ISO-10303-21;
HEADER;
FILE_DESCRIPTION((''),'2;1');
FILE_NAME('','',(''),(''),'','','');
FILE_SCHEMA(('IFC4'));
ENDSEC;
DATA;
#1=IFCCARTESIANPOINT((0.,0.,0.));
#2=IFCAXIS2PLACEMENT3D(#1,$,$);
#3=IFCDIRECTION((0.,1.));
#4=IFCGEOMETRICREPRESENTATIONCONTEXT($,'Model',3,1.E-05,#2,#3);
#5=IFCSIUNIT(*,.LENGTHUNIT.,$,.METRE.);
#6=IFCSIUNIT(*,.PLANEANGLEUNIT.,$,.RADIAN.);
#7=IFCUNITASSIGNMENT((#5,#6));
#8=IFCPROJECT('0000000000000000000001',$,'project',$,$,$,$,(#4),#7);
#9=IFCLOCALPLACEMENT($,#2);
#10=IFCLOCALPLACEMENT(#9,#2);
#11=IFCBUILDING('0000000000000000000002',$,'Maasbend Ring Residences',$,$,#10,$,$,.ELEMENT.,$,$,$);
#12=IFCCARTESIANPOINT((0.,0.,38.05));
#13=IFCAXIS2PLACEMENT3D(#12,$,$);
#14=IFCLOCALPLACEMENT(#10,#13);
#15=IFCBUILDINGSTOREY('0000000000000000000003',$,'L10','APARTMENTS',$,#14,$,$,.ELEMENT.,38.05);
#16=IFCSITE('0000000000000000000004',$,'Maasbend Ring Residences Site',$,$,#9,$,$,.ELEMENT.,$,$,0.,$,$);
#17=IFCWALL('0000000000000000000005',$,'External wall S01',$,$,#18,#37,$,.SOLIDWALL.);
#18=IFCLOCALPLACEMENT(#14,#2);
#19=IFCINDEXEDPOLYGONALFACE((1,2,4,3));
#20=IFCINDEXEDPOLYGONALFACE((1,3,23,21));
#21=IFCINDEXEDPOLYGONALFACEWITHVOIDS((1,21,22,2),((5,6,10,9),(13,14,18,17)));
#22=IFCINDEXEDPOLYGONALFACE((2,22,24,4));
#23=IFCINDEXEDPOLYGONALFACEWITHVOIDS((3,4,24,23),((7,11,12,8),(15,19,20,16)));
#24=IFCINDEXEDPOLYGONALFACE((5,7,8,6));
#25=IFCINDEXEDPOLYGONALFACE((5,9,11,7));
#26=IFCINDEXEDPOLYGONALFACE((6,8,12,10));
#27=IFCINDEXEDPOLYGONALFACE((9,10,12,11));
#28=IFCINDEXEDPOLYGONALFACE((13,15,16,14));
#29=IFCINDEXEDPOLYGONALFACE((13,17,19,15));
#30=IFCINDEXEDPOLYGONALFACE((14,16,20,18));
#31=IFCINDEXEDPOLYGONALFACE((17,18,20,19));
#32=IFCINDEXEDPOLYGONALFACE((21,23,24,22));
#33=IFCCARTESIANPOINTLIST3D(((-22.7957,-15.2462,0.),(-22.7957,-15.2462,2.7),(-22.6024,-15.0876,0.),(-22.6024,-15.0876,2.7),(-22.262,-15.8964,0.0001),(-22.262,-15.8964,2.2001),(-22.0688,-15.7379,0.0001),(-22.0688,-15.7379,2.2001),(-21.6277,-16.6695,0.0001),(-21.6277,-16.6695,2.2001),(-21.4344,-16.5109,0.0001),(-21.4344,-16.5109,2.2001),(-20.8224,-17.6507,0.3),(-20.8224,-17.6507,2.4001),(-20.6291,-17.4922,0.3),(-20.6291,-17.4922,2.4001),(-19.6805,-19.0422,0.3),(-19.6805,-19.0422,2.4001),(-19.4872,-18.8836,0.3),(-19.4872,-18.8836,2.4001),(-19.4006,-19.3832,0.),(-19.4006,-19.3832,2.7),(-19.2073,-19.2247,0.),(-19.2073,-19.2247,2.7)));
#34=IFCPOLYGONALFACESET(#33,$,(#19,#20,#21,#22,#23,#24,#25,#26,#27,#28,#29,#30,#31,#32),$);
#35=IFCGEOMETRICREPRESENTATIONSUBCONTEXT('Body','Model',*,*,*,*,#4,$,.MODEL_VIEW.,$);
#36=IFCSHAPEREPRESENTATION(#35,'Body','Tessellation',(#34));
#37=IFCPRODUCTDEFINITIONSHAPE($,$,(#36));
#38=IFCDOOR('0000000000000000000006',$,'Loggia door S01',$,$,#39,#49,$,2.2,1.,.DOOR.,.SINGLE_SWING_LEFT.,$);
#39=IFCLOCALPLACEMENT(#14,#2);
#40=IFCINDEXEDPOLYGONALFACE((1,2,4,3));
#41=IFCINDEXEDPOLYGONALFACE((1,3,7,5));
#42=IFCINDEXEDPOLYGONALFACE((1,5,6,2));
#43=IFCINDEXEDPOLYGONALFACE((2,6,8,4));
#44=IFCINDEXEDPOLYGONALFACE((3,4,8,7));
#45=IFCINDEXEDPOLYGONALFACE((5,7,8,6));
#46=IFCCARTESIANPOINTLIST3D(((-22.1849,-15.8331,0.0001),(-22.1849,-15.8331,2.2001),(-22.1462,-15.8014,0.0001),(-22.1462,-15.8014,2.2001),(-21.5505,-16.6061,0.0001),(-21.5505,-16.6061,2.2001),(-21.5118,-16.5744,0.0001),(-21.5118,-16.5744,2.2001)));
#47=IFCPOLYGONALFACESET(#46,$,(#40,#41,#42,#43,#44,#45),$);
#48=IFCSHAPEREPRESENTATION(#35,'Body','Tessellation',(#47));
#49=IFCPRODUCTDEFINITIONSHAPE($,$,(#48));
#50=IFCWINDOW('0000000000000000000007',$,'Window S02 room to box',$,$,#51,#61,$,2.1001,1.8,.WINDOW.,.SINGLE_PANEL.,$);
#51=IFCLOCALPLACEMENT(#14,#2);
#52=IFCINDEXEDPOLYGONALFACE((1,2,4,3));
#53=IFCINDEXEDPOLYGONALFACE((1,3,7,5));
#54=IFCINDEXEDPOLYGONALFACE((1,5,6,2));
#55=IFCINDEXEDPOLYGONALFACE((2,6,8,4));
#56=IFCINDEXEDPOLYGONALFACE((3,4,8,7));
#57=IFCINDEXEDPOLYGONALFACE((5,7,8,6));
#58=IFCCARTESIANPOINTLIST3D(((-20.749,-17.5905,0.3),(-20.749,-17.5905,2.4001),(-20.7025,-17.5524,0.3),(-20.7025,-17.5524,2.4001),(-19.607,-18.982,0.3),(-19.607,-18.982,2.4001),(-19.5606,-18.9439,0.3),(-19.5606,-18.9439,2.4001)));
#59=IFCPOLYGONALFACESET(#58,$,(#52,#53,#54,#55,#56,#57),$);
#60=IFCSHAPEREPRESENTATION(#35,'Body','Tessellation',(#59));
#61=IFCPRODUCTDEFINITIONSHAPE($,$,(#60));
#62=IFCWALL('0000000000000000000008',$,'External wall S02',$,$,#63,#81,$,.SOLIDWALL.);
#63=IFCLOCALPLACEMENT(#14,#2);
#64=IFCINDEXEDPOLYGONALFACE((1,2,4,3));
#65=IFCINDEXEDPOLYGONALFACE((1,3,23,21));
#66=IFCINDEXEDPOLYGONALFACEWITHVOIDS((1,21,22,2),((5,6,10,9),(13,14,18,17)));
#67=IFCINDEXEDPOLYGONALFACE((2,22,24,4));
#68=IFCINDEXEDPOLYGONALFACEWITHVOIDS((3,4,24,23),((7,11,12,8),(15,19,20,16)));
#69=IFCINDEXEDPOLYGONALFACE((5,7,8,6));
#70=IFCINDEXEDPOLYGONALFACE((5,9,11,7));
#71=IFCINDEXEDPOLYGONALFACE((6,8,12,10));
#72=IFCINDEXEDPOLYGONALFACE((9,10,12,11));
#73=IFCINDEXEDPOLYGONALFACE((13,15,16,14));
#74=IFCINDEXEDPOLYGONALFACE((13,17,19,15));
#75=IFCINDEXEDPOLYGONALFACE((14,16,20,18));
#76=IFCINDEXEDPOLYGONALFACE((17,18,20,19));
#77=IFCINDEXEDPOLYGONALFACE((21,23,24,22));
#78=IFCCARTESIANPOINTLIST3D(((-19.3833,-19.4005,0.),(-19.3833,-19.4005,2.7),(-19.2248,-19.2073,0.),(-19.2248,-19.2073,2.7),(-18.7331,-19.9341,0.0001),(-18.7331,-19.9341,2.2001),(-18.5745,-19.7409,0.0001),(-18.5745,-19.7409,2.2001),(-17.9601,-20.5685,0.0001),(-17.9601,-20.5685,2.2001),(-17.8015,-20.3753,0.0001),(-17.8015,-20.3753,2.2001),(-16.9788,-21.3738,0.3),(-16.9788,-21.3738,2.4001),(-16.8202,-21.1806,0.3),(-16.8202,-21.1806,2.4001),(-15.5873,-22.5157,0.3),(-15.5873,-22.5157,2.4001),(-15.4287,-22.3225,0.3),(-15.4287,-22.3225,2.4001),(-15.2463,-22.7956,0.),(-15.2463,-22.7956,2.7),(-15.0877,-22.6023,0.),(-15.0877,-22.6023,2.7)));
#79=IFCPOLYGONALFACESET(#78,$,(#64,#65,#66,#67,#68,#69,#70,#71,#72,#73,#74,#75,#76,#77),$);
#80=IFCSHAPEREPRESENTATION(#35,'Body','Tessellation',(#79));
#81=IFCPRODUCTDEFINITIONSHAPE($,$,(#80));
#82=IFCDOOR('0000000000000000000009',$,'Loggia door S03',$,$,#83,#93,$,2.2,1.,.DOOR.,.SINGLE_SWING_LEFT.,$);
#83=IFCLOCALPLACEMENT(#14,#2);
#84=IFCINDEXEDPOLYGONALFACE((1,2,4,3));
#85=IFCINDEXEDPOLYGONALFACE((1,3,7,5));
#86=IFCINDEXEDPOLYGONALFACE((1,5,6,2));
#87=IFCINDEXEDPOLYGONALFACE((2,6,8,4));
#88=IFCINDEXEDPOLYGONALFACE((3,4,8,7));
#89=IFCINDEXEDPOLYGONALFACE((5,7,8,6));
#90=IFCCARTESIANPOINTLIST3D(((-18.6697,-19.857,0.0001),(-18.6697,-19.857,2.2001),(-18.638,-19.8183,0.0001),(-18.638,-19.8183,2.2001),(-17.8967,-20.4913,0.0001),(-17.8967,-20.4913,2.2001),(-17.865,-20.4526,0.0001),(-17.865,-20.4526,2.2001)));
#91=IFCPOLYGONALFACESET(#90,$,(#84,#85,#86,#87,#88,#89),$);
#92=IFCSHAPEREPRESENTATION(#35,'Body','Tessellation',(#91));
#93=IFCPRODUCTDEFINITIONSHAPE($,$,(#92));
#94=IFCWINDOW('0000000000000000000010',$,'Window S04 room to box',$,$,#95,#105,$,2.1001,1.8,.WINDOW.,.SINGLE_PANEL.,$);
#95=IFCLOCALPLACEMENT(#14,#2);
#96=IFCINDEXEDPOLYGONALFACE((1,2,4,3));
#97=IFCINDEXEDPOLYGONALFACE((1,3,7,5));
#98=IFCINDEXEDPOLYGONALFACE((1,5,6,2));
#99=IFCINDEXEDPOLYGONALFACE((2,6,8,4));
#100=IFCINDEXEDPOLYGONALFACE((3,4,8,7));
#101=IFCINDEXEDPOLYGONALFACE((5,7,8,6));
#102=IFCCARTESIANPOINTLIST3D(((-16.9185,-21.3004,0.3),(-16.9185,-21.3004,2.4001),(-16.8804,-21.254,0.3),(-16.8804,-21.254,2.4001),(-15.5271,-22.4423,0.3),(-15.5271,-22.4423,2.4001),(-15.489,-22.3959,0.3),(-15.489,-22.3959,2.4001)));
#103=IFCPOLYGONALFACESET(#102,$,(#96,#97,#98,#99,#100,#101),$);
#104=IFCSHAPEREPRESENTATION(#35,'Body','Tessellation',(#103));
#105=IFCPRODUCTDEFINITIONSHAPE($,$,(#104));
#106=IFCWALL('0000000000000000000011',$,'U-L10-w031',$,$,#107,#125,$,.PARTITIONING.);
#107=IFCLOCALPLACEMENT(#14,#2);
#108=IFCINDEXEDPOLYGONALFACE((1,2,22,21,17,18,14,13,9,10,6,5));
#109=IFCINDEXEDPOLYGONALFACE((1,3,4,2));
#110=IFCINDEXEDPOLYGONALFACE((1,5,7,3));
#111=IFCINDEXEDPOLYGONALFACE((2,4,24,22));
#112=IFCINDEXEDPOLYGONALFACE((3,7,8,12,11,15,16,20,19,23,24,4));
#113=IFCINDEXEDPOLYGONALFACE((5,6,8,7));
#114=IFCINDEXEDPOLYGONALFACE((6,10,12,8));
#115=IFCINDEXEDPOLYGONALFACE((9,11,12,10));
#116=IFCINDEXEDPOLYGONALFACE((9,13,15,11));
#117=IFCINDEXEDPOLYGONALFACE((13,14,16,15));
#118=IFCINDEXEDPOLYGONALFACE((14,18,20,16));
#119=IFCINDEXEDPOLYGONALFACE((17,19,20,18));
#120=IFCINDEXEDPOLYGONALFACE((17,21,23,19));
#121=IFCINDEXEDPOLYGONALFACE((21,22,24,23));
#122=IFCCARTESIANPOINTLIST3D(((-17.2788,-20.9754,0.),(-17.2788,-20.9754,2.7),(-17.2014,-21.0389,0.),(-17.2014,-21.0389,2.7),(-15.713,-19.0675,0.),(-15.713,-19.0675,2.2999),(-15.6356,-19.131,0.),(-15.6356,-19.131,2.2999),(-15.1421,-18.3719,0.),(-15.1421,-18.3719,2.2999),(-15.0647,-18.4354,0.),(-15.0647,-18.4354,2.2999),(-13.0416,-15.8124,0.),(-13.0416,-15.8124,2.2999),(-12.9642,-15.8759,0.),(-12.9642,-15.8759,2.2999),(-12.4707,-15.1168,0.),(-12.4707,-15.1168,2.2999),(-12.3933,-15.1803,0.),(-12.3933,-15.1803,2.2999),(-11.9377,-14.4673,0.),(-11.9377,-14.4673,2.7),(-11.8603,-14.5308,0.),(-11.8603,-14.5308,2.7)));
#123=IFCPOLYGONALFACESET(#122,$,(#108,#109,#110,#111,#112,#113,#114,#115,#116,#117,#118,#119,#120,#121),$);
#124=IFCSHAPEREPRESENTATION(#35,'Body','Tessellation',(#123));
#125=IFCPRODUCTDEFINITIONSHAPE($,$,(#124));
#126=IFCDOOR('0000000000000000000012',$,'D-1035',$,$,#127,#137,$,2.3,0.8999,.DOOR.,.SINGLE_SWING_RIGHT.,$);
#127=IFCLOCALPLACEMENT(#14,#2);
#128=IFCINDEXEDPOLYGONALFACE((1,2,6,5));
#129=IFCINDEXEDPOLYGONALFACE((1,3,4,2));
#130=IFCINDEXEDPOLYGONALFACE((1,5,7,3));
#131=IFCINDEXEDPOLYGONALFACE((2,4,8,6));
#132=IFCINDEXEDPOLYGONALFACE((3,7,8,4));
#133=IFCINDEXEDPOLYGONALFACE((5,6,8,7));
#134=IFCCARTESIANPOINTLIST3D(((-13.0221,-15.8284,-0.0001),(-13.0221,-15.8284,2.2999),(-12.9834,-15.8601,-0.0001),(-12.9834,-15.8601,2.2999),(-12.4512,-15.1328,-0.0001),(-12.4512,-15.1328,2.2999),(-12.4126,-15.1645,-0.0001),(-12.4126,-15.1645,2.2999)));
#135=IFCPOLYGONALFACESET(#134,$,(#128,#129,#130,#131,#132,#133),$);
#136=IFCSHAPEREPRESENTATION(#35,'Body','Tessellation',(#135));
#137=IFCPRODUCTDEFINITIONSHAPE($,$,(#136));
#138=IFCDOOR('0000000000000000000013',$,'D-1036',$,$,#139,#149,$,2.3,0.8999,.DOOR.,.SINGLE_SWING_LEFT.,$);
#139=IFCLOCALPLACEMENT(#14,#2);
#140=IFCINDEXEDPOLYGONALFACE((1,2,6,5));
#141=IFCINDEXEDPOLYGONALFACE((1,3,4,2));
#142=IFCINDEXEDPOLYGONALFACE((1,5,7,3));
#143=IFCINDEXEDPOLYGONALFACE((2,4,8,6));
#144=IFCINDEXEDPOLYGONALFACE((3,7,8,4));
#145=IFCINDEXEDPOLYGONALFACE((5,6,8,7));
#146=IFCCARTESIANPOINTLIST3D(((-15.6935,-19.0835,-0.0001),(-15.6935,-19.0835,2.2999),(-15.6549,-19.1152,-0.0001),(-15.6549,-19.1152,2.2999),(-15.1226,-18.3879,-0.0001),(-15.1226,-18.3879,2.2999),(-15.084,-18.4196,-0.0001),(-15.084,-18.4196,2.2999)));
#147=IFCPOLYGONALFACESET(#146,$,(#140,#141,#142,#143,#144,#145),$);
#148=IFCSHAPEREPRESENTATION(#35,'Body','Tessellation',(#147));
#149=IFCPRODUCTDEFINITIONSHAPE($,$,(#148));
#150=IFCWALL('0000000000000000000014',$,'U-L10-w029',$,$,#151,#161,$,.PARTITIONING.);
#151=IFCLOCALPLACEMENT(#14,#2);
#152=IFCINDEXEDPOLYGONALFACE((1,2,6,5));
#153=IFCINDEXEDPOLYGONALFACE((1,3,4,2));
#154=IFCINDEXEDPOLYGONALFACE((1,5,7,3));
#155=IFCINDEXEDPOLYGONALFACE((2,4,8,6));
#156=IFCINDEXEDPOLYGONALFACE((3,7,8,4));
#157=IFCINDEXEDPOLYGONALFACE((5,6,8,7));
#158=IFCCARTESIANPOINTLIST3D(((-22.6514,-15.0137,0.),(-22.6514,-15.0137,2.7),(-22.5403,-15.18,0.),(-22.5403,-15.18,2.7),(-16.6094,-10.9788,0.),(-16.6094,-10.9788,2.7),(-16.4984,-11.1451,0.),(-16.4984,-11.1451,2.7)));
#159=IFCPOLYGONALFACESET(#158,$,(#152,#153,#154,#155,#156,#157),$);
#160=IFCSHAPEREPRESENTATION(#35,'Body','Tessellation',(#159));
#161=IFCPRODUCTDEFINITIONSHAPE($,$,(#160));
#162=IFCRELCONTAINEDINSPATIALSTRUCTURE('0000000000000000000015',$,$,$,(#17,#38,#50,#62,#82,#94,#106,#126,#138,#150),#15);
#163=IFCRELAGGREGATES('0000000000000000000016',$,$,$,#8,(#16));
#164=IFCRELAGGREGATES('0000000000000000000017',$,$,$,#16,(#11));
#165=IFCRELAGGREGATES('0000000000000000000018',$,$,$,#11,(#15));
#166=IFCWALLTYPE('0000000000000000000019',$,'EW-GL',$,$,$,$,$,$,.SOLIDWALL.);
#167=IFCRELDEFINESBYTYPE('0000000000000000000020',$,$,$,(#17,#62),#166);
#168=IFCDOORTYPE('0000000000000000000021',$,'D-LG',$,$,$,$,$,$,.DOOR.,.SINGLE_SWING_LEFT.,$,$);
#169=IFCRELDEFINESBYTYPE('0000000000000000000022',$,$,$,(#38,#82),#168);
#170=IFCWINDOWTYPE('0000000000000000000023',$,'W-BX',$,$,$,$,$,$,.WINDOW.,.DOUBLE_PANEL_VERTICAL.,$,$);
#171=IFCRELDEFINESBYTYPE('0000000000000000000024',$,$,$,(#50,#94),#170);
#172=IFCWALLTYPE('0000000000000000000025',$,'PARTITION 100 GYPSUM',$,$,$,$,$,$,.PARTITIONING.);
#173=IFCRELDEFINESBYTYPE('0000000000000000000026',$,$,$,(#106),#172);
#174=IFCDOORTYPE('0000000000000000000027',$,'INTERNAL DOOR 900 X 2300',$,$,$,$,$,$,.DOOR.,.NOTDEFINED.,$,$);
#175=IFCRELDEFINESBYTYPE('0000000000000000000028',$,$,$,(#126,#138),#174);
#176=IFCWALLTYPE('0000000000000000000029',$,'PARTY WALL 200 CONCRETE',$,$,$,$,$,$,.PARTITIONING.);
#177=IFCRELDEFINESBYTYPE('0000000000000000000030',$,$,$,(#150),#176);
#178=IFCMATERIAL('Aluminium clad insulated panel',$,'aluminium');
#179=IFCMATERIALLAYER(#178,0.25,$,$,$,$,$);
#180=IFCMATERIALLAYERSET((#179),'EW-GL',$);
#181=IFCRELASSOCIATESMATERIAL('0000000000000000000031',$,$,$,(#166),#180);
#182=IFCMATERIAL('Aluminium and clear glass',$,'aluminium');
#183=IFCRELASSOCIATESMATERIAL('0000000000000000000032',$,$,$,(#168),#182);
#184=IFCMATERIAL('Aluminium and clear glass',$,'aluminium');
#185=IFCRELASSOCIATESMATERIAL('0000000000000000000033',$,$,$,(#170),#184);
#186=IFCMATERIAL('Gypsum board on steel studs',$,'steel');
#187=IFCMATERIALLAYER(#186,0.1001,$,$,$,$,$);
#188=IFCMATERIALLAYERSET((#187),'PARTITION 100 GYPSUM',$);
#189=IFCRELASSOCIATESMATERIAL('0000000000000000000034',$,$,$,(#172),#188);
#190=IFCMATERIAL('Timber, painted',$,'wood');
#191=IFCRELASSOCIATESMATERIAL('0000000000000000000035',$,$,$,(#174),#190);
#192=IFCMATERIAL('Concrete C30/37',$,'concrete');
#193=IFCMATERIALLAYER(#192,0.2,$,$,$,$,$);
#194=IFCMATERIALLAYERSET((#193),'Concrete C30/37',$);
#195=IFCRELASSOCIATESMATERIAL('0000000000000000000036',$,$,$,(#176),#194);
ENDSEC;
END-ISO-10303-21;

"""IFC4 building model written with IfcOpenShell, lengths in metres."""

from ifc_helpers import new_model, si_unit, direction, frame, frame_2d, origin, place, context, subcontext, project, spatial, rectangle, extrude, material, layer, layer_set, type_object, element, fill, save


model = new_model("IFC4")

# Units and contexts
model_context = context("Model", 3, precision=1e-05, world=origin(), true_north=direction((0.0, 1.0)))
body_context = subcontext(model_context, "Body", "Model", "MODEL_VIEW")
ifc_project = project(units=[si_unit("LENGTHUNIT", "METRE"), si_unit("PLANEANGLEUNIT", "RADIAN")], contexts=[model_context])

# Site, building, storey
site_placement = place(None, origin())
site = spatial("IfcSite", under=ifc_project, at=site_placement, Name="Maasbend Ring Residences Site", CompositionType="ELEMENT", RefElevation=0.0)
building_placement = place(site_placement, origin())
building = spatial("IfcBuilding", under=site, at=building_placement, Name="Maasbend Ring Residences", CompositionType="ELEMENT")
storey_placement = place(building_placement, frame((0.0, 0.0, 38.05)))
storey = spatial("IfcBuildingStorey", under=building, at=storey_placement, Name="L10", Description="APARTMENTS", CompositionType="ELEMENT", Elevation=38.05)

# Walls, openings, doors, windows
ifc_material_1 = material(Name="Aluminium clad insulated panel", Category="aluminium")
ifc_layer_1 = layer(ifc_material_1, 0.25)
ifc_layer_set_1 = layer_set([ifc_layer_1], Name="EW-GL")
wall_type_1 = type_object("IfcWallType", Name="EW-GL", PredefinedType="SOLIDWALL", material=ifc_layer_set_1)
wall_1_placement = place(storey_placement, frame((-22.699, -15.167, 0.0), z_axis=(0.0, 0.0, 1.0), x_axis=(0.634382, -0.773019, 0.0)))
wall_1 = element("IfcWall", 1, at=wall_1_placement, inside=storey, type_object=wall_type_1, Name="External wall S01", PredefinedType="SOLIDWALL", context=body_context, shape_type="SweptSolid", body=[
    extrude(rectangle(XDim=5.3518, YDim=0.25, at=frame_2d((2.6758, 0.0))), origin(), (0.0, 0.0, 1.0), 2.7),
])
opening_1_placement = place(wall_1_placement, frame((0.8411, 0.0, 0.0)))
opening_1 = element("IfcOpeningElement", 2, at=opening_1_placement, cuts=wall_1, PredefinedType="OPENING", context=body_context, shape_type="SweptSolid", body=[
    extrude(rectangle(XDim=1.0, YDim=2.2, at=frame_2d((0.5, 1.1001))), frame((0.0, 0.135, 0.0), z_axis=(0.0, -1.0, 0.0), x_axis=(1.0, 0.0, 0.0)), (0.0, 0.0, 1.0), 0.27),
])
opening_2_placement = place(wall_1_placement, frame((3.1106, 0.0, 0.3)))
opening_2 = element("IfcOpeningElement", 3, at=opening_2_placement, cuts=wall_1, PredefinedType="OPENING", context=body_context, shape_type="SweptSolid", body=[
    extrude(rectangle(XDim=1.8, YDim=2.1001, at=frame_2d((0.8999, 1.05))), frame((0.0, 0.135, 0.0), z_axis=(0.0, -1.0, 0.0), x_axis=(1.0, 0.0, 0.0)), (0.0, 0.0, 1.0), 0.27),
])
ifc_material_2 = material(Name="Aluminium and clear glass", Category="aluminium")
door_type_1 = type_object("IfcDoorType", Name="D-LG", OperationType="SINGLE_SWING_LEFT", PredefinedType="DOOR", material=ifc_material_2)
door_1_placement = place(opening_1_placement, origin())
door_1 = element("IfcDoor", 4, at=door_1_placement, inside=storey, type_object=door_type_1, Name="Loggia door S01", OperationType="SINGLE_SWING_LEFT", OverallHeight=2.2, OverallWidth=1.0, PredefinedType="DOOR", context=body_context, shape_type="SweptSolid", body=[
    extrude(rectangle(XDim=1.0, YDim=2.2, at=frame_2d((0.5, 1.1001))), frame((0.0, 0.0249, 0.0), z_axis=(0.0, -1.0, 0.0), x_axis=(1.0, 0.0, 0.0)), (0.0, 0.0, 1.0), 0.05),
])
fill(opening_1, door_1)
ifc_material_3 = material(Name="Aluminium and clear glass", Category="aluminium")
window_type_1 = type_object("IfcWindowType", Name="W-BX", PartitioningType="DOUBLE_PANEL_VERTICAL", PredefinedType="WINDOW", material=ifc_material_3)
window_1_placement = place(opening_2_placement, origin())
window_1 = element("IfcWindow", 5, at=window_1_placement, inside=storey, type_object=window_type_1, Name="Window S02 room to box", OverallHeight=2.1001, OverallWidth=1.8, PartitioningType="SINGLE_PANEL", PredefinedType="WINDOW", context=body_context, shape_type="SweptSolid", body=[
    extrude(rectangle(XDim=1.8, YDim=2.1001, at=frame_2d((0.8999, 1.05))), frame((0.0, 0.03, 0.0), z_axis=(0.0, -1.0, 0.0), x_axis=(1.0, 0.0, 0.0)), (0.0, 0.0, 1.0), 0.0601),
])
fill(opening_2, window_1)
wall_2_placement = place(storey_placement, frame((-19.304, -19.304, 0.0), z_axis=(0.0, 0.0, 1.0), x_axis=(0.773019, -0.634382, 0.0)))
wall_2 = element("IfcWall", 6, at=wall_2_placement, inside=storey, type_object=wall_type_1, Name="External wall S02", PredefinedType="SOLIDWALL", context=body_context, shape_type="SweptSolid", body=[
    extrude(rectangle(XDim=5.3518, YDim=0.25, at=frame_2d((2.6758, 0.0))), origin(), (0.0, 0.0, 1.0), 2.7),
])
opening_3_placement = place(wall_2_placement, frame((0.8411, 0.0, 0.0)))
opening_3 = element("IfcOpeningElement", 7, at=opening_3_placement, cuts=wall_2, PredefinedType="OPENING", context=body_context, shape_type="SweptSolid", body=[
    extrude(rectangle(XDim=1.0, YDim=2.2, at=frame_2d((0.5, 1.1001))), frame((0.0, 0.135, 0.0), z_axis=(0.0, -1.0, 0.0), x_axis=(1.0, 0.0, 0.0)), (0.0, 0.0, 1.0), 0.27),
])
opening_4_placement = place(wall_2_placement, frame((3.1106, 0.0, 0.3)))
opening_4 = element("IfcOpeningElement", 8, at=opening_4_placement, cuts=wall_2, PredefinedType="OPENING", context=body_context, shape_type="SweptSolid", body=[
    extrude(rectangle(XDim=1.8, YDim=2.1001, at=frame_2d((0.8999, 1.05))), frame((0.0, 0.135, 0.0), z_axis=(0.0, -1.0, 0.0), x_axis=(1.0, 0.0, 0.0)), (0.0, 0.0, 1.0), 0.27),
])
door_2_placement = place(opening_3_placement, origin())
door_2 = element("IfcDoor", 9, at=door_2_placement, inside=storey, type_object=door_type_1, Name="Loggia door S03", OperationType="SINGLE_SWING_LEFT", OverallHeight=2.2, OverallWidth=1.0, PredefinedType="DOOR", context=body_context, shape_type="SweptSolid", body=[
    extrude(rectangle(XDim=1.0, YDim=2.2, at=frame_2d((0.5, 1.1001))), frame((0.0, 0.0249, 0.0), z_axis=(0.0, -1.0, 0.0), x_axis=(1.0, 0.0, 0.0)), (0.0, 0.0, 1.0), 0.05),
])
fill(opening_3, door_2)
window_2_placement = place(opening_4_placement, origin())
window_2 = element("IfcWindow", 10, at=window_2_placement, inside=storey, type_object=window_type_1, Name="Window S04 room to box", OverallHeight=2.1001, OverallWidth=1.8, PartitioningType="SINGLE_PANEL", PredefinedType="WINDOW", context=body_context, shape_type="SweptSolid", body=[
    extrude(rectangle(XDim=1.8, YDim=2.1001, at=frame_2d((0.8999, 1.05))), frame((0.0, 0.03, 0.0), z_axis=(0.0, -1.0, 0.0), x_axis=(1.0, 0.0, 0.0)), (0.0, 0.0, 1.0), 0.0601),
])
fill(opening_4, window_2)

# Wall, openings, doors
ifc_material_4 = material(Name="Gypsum board on steel studs", Category="steel")
ifc_layer_2 = layer(ifc_material_4, 0.1001)
ifc_layer_set_2 = layer_set([ifc_layer_2], Name="PARTITION 100 GYPSUM")
wall_type_2 = type_object("IfcWallType", Name="PARTITION 100 GYPSUM", PredefinedType="PARTITIONING", material=ifc_layer_set_2)
wall_3_placement = place(storey_placement, frame((-17.24, -21.0071, 0.0), z_axis=(0.0, 0.0, 1.0), x_axis=(0.634396, 0.773008, 0.0)))
wall_3 = element("IfcWall", 11, at=wall_3_placement, inside=storey, type_object=wall_type_2, Name="U-L10-w031", PredefinedType="PARTITIONING", context=body_context, shape_type="SweptSolid", body=[
    extrude(rectangle(XDim=8.4192, YDim=0.1001, at=frame_2d((4.2095, 0.0))), origin(), (0.0, 0.0, 1.0), 2.7),
])
opening_5_placement = place(wall_3_placement, frame((6.679, 0.0, 0.0)))
opening_5 = element("IfcOpeningElement", 12, at=opening_5_placement, cuts=wall_3, PredefinedType="OPENING", context=body_context, shape_type="SweptSolid", body=[
    extrude(rectangle(XDim=0.8999, YDim=2.3, at=frame_2d((0.45, 1.1499))), frame((0.0, 0.0601, 0.0), z_axis=(0.0, -1.0, 0.0), x_axis=(1.0, 0.0, 0.0)), (0.0, 0.0, 1.0), 0.1201),
])
opening_6_placement = place(wall_3_placement, frame((2.468, 0.0, 0.0)))
opening_6 = element("IfcOpeningElement", 13, at=opening_6_placement, cuts=wall_3, PredefinedType="OPENING", context=body_context, shape_type="SweptSolid", body=[
    extrude(rectangle(XDim=0.8999, YDim=2.3, at=frame_2d((0.45, 1.1499))), frame((0.0, 0.0601, 0.0), z_axis=(0.0, -1.0, 0.0), x_axis=(1.0, 0.0, 0.0)), (0.0, 0.0, 1.0), 0.1201),
])
ifc_material_5 = material(Name="Timber, painted", Category="wood")
door_type_2 = type_object("IfcDoorType", Name="INTERNAL DOOR 900 X 2300", OperationType="NOTDEFINED", PredefinedType="DOOR", material=ifc_material_5)
door_3_placement = place(opening_5_placement, origin())
door_3 = element("IfcDoor", 14, at=door_3_placement, inside=storey, type_object=door_type_2, Name="D-1035", OperationType="SINGLE_SWING_RIGHT", OverallHeight=2.3, OverallWidth=0.8999, PredefinedType="DOOR", context=body_context, shape_type="SweptSolid", body=[
    extrude(rectangle(XDim=0.8999, YDim=2.3, at=frame_2d((0.45, 1.1499))), frame((0.0, 0.0249, 0.0), z_axis=(0.0, -1.0, 0.0), x_axis=(1.0, 0.0, 0.0)), (0.0, 0.0, 1.0), 0.05),
])
fill(opening_5, door_3)
door_4_placement = place(opening_6_placement, origin())
door_4 = element("IfcDoor", 15, at=door_4_placement, inside=storey, type_object=door_type_2, Name="D-1036", OperationType="SINGLE_SWING_LEFT", OverallHeight=2.3, OverallWidth=0.8999, PredefinedType="DOOR", context=body_context, shape_type="SweptSolid", body=[
    extrude(rectangle(XDim=0.8999, YDim=2.3, at=frame_2d((0.45, 1.1499))), frame((0.0, 0.0249, 0.0), z_axis=(0.0, -1.0, 0.0), x_axis=(1.0, 0.0, 0.0)), (0.0, 0.0, 1.0), 0.05),
])
fill(opening_6, door_4)

# Wall
ifc_material_6 = material(Name="Concrete C30/37", Category="concrete")
ifc_layer_3 = layer(ifc_material_6, 0.2)
ifc_layer_set_3 = layer_set([ifc_layer_3], Name="Concrete C30/37")
wall_type_3 = type_object("IfcWallType", Name="PARTY WALL 200 CONCRETE", PredefinedType="PARTITIONING", material=ifc_layer_set_3)
wall_4_placement = place(storey_placement, frame((-22.5959, -15.0969, 0.0), z_axis=(0.0, 0.0, 1.0), x_axis=(0.831611, 0.555359, 0.0)))
element("IfcWall", 16, at=wall_4_placement, inside=storey, type_object=wall_type_3, Name="U-L10-w029", PredefinedType="PARTITIONING", context=body_context, shape_type="SweptSolid", body=[
    extrude(rectangle(XDim=7.2654, YDim=0.2, at=frame_2d((3.6328, 0.0))), origin(), (0.0, 0.0, 1.0), 2.7),
])

save(model, "model.ifc")
